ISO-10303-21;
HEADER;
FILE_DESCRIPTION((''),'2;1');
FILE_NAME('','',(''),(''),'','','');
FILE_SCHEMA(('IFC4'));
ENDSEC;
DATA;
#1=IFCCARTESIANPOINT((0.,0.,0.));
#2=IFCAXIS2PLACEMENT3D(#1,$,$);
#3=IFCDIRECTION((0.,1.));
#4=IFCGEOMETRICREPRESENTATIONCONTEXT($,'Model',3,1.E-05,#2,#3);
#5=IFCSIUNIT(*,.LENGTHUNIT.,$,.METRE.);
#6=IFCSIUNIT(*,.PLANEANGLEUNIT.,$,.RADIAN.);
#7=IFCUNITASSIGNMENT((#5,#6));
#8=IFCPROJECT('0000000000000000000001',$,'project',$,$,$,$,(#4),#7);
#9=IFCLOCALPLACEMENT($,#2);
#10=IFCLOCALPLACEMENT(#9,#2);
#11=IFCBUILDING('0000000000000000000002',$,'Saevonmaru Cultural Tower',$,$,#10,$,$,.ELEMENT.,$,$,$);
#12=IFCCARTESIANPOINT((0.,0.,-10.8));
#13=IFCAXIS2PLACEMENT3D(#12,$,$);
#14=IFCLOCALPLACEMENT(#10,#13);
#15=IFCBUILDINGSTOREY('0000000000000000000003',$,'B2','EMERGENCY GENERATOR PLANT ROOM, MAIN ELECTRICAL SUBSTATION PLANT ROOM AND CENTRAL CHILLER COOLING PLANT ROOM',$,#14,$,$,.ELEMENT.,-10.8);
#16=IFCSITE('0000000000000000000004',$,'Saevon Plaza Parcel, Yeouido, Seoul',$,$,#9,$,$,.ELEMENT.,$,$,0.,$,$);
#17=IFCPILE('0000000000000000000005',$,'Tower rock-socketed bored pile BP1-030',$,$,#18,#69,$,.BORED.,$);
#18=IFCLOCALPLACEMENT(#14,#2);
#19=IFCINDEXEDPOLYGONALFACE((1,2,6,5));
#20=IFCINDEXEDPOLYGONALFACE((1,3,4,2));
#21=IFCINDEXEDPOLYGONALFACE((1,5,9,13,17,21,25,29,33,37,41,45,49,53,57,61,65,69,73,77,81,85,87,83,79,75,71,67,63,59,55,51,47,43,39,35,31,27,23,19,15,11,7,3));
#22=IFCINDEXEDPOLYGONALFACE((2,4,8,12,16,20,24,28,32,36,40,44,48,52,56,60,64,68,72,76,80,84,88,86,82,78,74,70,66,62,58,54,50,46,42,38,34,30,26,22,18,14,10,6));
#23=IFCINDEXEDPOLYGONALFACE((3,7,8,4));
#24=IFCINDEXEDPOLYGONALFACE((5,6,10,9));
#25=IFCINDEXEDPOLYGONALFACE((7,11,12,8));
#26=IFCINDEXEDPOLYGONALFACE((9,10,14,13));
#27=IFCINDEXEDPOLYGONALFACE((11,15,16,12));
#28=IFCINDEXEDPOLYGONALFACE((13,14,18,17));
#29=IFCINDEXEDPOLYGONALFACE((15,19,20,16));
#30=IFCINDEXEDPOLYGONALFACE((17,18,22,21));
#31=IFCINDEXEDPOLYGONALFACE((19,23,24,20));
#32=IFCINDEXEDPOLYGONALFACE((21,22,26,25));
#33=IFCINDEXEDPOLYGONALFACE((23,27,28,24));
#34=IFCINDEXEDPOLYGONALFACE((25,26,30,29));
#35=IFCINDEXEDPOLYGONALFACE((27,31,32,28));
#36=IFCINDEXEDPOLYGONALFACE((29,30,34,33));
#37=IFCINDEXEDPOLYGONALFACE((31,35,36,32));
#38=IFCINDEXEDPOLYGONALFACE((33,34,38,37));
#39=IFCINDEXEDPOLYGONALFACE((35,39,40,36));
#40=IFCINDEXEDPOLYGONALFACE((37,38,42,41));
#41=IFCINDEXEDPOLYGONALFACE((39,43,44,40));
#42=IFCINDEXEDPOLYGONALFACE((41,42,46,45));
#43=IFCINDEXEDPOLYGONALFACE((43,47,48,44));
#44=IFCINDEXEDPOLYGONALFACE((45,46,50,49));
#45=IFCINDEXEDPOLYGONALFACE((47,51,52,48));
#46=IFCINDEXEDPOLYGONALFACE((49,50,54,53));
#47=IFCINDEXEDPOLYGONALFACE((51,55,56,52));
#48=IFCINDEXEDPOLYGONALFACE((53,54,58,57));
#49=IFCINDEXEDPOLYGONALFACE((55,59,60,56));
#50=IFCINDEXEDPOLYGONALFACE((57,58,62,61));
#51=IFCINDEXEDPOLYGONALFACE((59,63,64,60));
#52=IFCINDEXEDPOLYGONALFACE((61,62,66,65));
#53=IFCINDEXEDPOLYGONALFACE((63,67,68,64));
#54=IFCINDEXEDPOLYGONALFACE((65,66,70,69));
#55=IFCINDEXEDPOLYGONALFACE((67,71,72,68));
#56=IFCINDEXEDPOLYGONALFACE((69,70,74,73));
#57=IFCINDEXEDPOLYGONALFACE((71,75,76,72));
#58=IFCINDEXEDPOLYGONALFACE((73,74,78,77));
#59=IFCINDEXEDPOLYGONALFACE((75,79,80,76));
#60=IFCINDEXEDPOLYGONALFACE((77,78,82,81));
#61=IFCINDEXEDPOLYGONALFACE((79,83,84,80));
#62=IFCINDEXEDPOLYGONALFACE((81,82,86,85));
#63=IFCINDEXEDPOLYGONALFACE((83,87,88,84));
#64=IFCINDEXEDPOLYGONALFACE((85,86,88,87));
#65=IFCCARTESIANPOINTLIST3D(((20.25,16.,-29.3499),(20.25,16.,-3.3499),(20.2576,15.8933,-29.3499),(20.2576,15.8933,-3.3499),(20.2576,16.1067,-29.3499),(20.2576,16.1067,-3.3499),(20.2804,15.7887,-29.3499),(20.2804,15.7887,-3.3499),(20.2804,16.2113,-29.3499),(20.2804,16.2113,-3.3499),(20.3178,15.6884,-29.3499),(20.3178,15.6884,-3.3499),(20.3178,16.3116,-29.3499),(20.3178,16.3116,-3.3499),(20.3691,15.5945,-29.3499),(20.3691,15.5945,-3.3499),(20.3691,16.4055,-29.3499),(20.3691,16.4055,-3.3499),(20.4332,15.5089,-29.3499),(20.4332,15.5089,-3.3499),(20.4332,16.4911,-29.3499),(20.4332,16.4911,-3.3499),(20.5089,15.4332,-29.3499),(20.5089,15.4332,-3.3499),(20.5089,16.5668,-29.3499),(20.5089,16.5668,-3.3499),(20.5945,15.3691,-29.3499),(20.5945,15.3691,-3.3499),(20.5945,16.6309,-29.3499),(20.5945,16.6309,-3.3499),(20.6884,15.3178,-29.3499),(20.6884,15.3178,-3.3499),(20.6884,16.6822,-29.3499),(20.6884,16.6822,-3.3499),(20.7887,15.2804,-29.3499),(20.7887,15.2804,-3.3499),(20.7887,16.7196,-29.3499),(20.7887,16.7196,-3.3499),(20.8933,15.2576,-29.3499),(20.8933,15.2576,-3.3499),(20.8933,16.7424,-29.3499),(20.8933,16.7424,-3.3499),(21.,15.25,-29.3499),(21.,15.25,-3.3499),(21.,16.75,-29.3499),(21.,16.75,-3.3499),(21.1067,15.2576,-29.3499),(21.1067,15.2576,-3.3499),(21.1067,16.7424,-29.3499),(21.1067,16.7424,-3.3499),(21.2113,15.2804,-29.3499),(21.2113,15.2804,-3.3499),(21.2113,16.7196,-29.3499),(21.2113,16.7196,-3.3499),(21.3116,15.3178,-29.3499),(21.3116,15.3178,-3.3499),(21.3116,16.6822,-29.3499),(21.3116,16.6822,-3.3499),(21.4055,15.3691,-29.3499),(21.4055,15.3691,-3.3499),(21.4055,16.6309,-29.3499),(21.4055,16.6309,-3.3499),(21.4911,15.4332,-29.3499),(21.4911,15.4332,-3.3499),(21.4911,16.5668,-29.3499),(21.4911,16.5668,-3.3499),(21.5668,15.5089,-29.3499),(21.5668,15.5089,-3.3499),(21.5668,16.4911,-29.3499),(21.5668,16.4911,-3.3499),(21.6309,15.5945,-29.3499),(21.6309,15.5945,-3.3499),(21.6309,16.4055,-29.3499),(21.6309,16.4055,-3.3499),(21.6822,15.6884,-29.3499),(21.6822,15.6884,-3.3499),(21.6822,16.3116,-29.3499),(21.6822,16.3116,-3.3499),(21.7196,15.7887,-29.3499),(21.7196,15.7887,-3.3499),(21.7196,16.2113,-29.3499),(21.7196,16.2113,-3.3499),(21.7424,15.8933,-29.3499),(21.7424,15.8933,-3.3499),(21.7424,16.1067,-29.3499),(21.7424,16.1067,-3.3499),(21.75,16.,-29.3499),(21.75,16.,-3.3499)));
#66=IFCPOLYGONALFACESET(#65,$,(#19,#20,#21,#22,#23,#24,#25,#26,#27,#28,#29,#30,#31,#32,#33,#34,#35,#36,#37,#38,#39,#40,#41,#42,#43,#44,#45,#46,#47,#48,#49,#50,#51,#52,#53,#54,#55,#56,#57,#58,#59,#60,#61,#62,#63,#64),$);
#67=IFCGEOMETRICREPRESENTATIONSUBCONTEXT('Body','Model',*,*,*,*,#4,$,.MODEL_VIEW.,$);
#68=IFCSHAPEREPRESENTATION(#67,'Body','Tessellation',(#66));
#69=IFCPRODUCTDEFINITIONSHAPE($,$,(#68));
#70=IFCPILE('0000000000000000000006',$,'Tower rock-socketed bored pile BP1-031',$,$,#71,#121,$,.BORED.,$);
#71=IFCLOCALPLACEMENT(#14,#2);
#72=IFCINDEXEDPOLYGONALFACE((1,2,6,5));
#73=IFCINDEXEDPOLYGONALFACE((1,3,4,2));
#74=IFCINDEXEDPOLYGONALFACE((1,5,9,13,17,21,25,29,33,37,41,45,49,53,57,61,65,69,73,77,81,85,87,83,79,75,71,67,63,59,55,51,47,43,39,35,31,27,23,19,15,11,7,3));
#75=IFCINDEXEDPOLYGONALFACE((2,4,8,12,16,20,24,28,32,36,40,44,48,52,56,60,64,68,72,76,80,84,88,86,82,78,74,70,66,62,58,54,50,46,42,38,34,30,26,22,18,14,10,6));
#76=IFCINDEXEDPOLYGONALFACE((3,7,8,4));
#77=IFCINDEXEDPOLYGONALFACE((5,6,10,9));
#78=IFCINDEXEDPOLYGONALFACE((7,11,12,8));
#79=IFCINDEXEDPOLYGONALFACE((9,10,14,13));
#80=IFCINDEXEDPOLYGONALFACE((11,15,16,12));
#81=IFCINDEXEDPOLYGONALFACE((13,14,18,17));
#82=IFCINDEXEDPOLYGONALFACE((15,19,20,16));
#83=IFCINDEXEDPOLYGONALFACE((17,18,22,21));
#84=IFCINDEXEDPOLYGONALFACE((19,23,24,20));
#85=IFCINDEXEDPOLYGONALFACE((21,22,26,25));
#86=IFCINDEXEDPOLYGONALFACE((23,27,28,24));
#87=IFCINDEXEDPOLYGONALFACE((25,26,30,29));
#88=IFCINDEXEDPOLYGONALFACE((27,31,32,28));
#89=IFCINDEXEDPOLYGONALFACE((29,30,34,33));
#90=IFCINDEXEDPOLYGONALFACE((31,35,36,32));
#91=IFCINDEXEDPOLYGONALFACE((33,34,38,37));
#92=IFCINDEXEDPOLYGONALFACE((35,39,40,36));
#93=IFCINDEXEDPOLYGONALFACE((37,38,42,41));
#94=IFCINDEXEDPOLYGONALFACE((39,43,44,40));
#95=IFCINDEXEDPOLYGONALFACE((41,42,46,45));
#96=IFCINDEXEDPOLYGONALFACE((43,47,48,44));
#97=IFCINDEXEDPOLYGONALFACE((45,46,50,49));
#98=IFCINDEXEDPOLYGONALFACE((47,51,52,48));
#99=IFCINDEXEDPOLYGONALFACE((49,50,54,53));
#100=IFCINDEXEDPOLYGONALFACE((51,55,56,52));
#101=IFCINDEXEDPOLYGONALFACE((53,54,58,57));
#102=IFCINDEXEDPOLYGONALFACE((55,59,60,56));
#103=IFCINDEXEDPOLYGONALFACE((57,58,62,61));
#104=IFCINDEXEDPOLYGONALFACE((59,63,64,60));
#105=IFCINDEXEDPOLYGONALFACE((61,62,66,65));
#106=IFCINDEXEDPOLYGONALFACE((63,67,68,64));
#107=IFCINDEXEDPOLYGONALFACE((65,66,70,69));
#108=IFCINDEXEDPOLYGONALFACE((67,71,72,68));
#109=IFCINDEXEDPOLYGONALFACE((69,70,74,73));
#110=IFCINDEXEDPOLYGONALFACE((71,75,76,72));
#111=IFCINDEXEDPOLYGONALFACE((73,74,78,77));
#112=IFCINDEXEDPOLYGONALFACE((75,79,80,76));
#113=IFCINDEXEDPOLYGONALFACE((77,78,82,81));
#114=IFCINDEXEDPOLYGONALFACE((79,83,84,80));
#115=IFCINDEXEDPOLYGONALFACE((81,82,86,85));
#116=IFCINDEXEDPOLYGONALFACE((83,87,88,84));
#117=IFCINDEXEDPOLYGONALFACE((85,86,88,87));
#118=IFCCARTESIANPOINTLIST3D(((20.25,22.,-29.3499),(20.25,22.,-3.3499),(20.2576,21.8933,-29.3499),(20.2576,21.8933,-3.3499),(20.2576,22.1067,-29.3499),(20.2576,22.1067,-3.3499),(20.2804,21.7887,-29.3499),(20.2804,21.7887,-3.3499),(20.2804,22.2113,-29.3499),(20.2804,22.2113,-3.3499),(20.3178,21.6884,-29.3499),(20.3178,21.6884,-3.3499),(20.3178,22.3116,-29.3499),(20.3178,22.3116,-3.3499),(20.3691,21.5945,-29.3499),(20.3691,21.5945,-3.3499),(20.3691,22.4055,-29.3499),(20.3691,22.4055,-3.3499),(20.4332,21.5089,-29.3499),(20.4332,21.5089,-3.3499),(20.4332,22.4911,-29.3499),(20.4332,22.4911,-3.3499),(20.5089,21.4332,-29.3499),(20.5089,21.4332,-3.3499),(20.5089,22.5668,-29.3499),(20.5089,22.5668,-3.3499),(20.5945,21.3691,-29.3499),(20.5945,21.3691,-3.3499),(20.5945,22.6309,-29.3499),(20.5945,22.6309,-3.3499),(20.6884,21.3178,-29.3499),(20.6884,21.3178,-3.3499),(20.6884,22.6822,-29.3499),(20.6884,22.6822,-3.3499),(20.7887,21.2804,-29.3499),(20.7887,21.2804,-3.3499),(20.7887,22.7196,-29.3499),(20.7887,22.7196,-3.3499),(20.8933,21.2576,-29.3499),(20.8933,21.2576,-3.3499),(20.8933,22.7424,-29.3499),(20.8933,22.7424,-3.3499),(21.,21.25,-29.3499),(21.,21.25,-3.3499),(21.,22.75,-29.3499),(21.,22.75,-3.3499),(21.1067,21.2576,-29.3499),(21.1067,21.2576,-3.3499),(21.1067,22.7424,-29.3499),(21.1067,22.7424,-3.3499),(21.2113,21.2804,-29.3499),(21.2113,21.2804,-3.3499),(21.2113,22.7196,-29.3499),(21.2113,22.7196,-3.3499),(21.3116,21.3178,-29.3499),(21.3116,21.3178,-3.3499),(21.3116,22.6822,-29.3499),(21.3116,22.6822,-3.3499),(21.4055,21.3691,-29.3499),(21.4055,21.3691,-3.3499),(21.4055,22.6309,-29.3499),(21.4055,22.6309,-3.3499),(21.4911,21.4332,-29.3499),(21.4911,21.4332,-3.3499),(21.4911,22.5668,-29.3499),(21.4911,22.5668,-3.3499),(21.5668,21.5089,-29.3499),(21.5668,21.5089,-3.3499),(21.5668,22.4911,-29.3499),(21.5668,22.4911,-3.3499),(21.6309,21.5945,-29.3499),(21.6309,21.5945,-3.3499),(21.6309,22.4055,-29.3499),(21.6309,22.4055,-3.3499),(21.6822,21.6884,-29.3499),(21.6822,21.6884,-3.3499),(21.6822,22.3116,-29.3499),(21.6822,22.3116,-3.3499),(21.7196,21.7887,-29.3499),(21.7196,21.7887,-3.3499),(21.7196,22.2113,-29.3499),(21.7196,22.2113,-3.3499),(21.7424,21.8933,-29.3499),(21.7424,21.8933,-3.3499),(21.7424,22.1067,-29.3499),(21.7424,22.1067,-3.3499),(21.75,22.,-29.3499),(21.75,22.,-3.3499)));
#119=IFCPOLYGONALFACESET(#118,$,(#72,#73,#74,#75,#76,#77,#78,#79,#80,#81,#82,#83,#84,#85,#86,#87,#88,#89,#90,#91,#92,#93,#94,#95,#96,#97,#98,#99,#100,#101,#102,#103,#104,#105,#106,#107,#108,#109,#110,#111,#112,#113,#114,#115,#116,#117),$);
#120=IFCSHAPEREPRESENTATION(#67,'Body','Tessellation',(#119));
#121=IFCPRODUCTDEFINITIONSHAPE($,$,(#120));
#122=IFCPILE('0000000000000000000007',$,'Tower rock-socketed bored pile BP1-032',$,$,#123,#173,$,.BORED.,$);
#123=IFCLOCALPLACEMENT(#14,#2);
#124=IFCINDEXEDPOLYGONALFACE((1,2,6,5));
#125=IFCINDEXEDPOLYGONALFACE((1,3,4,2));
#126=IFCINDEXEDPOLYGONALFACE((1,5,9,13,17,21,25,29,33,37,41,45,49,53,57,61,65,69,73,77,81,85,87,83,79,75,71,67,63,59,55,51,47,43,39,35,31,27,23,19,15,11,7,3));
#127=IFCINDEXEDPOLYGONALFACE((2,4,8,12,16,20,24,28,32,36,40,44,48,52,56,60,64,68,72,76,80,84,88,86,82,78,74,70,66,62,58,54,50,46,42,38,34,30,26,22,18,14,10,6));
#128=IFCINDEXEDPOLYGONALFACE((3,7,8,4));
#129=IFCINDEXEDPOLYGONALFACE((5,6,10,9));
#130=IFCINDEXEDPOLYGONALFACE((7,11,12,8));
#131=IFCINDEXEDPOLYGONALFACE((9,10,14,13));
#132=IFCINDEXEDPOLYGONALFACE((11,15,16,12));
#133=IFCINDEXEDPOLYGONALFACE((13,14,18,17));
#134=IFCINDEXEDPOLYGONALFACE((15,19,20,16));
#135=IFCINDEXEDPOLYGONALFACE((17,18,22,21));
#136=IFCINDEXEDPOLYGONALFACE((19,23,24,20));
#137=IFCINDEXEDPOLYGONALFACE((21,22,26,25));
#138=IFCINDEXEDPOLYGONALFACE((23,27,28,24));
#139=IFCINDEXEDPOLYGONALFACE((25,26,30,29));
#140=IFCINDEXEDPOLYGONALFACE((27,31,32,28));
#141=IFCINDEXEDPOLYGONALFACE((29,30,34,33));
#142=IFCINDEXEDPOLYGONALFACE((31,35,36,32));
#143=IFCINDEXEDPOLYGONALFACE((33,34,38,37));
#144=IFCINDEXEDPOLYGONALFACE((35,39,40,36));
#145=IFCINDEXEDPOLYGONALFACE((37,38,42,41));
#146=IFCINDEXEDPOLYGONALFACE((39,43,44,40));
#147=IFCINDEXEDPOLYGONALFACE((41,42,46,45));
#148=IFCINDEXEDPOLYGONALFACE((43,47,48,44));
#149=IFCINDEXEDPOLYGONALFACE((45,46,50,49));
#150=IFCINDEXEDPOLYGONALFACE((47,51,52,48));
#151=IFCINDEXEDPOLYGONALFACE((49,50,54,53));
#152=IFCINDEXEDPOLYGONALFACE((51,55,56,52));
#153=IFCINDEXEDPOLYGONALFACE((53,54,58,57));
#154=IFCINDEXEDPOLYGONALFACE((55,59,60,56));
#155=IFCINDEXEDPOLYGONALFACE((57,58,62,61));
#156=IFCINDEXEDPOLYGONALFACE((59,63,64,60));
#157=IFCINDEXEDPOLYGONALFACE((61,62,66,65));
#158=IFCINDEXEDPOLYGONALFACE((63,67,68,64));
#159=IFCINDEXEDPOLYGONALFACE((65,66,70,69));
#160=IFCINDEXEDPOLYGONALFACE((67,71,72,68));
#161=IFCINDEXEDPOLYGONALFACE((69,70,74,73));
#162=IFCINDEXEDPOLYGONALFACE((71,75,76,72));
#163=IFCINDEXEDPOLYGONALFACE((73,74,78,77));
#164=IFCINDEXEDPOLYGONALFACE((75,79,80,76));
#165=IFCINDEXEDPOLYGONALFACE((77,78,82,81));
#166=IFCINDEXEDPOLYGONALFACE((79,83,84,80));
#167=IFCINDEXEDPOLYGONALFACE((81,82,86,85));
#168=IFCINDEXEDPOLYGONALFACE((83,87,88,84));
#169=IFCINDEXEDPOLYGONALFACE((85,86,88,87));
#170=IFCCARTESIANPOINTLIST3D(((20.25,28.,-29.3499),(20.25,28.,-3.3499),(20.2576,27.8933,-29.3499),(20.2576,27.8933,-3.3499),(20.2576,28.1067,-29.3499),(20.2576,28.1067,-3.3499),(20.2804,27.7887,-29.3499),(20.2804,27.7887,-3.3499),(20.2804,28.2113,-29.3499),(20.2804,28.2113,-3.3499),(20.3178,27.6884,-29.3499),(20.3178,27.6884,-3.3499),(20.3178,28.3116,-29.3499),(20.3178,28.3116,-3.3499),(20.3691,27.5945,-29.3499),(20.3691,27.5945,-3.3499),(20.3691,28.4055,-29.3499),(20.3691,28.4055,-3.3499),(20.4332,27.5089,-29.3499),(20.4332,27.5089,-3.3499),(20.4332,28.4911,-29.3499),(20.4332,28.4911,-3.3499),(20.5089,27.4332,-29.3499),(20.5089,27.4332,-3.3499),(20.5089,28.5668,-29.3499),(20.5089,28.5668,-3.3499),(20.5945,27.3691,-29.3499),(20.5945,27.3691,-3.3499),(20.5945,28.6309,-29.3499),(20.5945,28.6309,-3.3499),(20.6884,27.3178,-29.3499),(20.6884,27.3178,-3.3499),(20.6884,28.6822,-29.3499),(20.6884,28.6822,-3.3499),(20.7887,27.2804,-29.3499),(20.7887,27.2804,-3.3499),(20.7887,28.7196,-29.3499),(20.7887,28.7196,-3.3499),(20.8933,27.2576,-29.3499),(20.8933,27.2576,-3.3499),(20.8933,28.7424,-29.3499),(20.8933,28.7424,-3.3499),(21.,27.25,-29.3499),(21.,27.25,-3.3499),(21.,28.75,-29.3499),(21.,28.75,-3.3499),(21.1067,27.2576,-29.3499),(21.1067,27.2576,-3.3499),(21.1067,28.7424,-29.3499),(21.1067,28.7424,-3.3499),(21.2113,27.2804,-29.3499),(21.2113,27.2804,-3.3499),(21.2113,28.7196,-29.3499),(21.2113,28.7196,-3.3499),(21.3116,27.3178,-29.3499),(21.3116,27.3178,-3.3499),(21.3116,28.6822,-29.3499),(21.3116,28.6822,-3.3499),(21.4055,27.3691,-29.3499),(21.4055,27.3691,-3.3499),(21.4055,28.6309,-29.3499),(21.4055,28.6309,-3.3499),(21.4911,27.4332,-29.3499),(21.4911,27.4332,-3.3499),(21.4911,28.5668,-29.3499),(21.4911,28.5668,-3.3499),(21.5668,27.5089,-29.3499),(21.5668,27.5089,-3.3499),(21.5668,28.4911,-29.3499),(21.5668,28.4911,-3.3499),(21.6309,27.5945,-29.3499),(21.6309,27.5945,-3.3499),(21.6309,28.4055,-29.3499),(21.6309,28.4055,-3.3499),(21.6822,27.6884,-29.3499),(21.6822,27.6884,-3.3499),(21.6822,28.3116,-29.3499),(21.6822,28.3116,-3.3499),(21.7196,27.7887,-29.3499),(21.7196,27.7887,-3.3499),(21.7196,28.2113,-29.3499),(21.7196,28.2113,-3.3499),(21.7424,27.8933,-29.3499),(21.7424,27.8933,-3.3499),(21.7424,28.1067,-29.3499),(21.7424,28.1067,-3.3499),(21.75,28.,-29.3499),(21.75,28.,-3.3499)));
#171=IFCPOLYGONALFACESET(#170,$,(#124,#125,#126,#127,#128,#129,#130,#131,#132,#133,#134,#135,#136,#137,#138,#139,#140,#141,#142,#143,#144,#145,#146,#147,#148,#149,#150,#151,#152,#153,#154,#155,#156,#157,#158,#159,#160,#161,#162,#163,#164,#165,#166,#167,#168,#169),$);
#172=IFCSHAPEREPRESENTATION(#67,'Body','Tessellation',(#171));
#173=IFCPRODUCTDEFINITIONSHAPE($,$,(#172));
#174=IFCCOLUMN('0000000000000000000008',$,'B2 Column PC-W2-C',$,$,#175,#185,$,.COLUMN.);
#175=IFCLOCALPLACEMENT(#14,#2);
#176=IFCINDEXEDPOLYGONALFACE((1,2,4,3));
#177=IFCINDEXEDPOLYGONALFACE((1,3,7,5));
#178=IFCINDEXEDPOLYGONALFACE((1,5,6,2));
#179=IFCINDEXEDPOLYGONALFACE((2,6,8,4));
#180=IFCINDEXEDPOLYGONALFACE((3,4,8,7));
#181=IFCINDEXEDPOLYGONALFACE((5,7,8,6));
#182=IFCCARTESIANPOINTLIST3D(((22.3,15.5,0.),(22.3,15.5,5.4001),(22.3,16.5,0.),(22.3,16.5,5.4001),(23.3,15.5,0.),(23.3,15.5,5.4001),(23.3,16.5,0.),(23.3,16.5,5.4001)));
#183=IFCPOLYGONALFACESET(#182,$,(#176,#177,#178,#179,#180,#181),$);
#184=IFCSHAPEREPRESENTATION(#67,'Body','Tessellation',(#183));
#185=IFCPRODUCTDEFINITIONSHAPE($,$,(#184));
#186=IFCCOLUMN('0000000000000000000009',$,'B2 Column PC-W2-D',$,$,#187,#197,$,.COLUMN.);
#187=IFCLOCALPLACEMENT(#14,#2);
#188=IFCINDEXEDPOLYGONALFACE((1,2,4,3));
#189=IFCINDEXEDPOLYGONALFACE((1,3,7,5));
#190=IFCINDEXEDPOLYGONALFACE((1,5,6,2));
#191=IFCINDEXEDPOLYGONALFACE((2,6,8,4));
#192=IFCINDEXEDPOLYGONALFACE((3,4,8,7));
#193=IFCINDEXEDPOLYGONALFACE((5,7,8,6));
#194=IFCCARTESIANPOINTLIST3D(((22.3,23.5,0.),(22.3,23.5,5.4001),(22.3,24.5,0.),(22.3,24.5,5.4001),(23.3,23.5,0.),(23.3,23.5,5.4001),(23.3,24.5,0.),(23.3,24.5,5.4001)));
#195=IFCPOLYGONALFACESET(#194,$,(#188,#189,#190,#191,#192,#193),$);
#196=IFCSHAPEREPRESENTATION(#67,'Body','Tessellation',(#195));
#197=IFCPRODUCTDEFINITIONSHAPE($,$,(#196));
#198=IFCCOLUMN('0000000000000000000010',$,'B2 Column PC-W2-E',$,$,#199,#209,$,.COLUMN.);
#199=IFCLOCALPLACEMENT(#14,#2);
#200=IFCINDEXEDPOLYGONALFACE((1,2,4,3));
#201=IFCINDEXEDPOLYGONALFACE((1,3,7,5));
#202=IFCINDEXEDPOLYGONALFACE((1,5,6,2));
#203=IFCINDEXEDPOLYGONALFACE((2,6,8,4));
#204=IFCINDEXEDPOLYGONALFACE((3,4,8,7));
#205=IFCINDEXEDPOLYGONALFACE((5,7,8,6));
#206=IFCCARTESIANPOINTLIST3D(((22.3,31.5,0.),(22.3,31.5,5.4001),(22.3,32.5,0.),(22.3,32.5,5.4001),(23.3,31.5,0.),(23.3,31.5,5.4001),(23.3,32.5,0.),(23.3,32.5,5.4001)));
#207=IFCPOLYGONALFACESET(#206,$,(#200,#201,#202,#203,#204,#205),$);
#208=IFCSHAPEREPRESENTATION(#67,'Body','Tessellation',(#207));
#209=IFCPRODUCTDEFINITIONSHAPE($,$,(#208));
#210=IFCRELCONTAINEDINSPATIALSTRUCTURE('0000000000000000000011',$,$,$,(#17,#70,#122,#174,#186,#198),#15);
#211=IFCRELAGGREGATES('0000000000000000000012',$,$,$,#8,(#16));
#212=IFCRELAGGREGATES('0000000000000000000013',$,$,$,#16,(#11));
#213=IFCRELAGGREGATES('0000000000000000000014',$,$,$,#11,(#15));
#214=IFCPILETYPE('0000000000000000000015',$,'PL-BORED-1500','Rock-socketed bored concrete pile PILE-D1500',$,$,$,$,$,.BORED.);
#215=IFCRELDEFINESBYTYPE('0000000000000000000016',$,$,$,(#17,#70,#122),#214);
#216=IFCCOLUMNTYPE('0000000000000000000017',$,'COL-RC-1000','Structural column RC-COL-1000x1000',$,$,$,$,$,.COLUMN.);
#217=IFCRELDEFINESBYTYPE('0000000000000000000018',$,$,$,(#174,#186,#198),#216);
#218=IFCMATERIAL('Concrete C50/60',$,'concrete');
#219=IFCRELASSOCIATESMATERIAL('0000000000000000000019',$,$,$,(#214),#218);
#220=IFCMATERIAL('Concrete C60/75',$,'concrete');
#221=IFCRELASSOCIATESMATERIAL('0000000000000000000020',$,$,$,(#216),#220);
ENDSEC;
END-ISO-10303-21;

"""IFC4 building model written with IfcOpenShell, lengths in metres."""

from ifc_helpers import new_model, si_unit, direction, frame, origin, origin_2d, place, context, subcontext, project, spatial, rectangle, circle, extrude, material, material_profile, profile_set, type_object, element, save


model = new_model("IFC4")

# Units and contexts
model_context = context("Model", 3, precision=1e-05, world=origin(), true_north=direction((0.0, 1.0)))
body_context = subcontext(model_context, "Body", "Model", "MODEL_VIEW")
ifc_project = project(units=[si_unit("LENGTHUNIT", "METRE"), si_unit("PLANEANGLEUNIT", "RADIAN")], contexts=[model_context])

# Site, building, storey
site_placement = place(None, origin())
site = spatial("IfcSite", under=ifc_project, at=site_placement, Name="Saevon Plaza Parcel, Yeouido, Seoul", CompositionType="ELEMENT", RefElevation=0.0)
building_placement = place(site_placement, origin())
building = spatial("IfcBuilding", under=site, at=building_placement, Name="Saevonmaru Cultural Tower", CompositionType="ELEMENT")
storey_placement = place(building_placement, frame((0.0, 0.0, -10.8)))
storey = spatial("IfcBuildingStorey", under=building, at=storey_placement, Name="B2", Description="EMERGENCY GENERATOR PLANT ROOM, MAIN ELECTRICAL SUBSTATION PLANT ROOM AND CENTRAL CHILLER COOLING PLANT ROOM", CompositionType="ELEMENT", Elevation=-10.8)

# Piles
ifc_material_1 = material(Name="Concrete C50/60", Category="concrete")
ifc_material_profile_1 = material_profile(ifc_material_1, circle(Radius=0.75, at=origin_2d()), Name="PILE-D1500")
ifc_profile_set_1 = profile_set([ifc_material_profile_1], Name="Concrete C50/60")
pile_type = type_object("IfcPileType", Name="PL-BORED-1500", Description="Rock-socketed bored concrete pile PILE-D1500", PredefinedType="BORED", material=ifc_profile_set_1)
for number, where, z_axis, x_axis, name in (
    (1, (21.0, 16.0, -3.3499), (0.0, 0.0, -1.0), (1.0, 0.0, 0.0), "Tower rock-socketed bored pile BP1-030"),
    (2, (21.0, 22.0, -3.3499), (0.0, 0.0, -1.0), (1.0, 0.0, 0.0), "Tower rock-socketed bored pile BP1-031"),
    (3, (21.0, 28.0, -3.3499), (0.0, 0.0, -1.0), (1.0, 0.0, 0.0), "Tower rock-socketed bored pile BP1-032"),
):
    element("IfcPile", number, at=place(storey_placement, frame(where, z_axis=z_axis, x_axis=x_axis)), inside=storey, type_object=pile_type, Name=name, PredefinedType="BORED", context=body_context, shape_type="SweptSolid", body=[
        extrude(circle(Radius=0.75, at=origin_2d()), origin(), (0.0, 0.0, 1.0), 26.0),
    ])

# Columns
ifc_material_2 = material(Name="Concrete C60/75", Category="concrete")
ifc_material_profile_2 = material_profile(ifc_material_2, rectangle(XDim=1.0, YDim=1.0, at=origin_2d()), Name="RC-COL-1000x1000")
ifc_profile_set_2 = profile_set([ifc_material_profile_2], Name="Concrete C60/75")
column_type_1 = type_object("IfcColumnType", Name="COL-RC-1000", Description="Structural column RC-COL-1000x1000", PredefinedType="COLUMN", material=ifc_profile_set_2)
for number, where, z_axis, x_axis, name in (
    (4, (22.8, 16.0, 0.0), (0.0, 0.0, 1.0), (1.0, 0.0, 0.0), "B2 Column PC-W2-C"),
    (5, (22.8, 24.0, 0.0), (0.0, 0.0, 1.0), (1.0, 0.0, 0.0), "B2 Column PC-W2-D"),
    (6, (22.8, 32.0, 0.0), (0.0, 0.0, 1.0), (1.0, 0.0, 0.0), "B2 Column PC-W2-E"),
):
    element("IfcColumn", number, at=place(storey_placement, frame(where, z_axis=z_axis, x_axis=x_axis)), inside=storey, type_object=column_type_1, Name=name, PredefinedType="COLUMN", context=body_context, shape_type="SweptSolid", body=[
        extrude(rectangle(XDim=1.0, YDim=1.0, at=origin_2d()), origin(), (0.0, 0.0, 1.0), 5.4001),
    ])

save(model, "model.ifc")
